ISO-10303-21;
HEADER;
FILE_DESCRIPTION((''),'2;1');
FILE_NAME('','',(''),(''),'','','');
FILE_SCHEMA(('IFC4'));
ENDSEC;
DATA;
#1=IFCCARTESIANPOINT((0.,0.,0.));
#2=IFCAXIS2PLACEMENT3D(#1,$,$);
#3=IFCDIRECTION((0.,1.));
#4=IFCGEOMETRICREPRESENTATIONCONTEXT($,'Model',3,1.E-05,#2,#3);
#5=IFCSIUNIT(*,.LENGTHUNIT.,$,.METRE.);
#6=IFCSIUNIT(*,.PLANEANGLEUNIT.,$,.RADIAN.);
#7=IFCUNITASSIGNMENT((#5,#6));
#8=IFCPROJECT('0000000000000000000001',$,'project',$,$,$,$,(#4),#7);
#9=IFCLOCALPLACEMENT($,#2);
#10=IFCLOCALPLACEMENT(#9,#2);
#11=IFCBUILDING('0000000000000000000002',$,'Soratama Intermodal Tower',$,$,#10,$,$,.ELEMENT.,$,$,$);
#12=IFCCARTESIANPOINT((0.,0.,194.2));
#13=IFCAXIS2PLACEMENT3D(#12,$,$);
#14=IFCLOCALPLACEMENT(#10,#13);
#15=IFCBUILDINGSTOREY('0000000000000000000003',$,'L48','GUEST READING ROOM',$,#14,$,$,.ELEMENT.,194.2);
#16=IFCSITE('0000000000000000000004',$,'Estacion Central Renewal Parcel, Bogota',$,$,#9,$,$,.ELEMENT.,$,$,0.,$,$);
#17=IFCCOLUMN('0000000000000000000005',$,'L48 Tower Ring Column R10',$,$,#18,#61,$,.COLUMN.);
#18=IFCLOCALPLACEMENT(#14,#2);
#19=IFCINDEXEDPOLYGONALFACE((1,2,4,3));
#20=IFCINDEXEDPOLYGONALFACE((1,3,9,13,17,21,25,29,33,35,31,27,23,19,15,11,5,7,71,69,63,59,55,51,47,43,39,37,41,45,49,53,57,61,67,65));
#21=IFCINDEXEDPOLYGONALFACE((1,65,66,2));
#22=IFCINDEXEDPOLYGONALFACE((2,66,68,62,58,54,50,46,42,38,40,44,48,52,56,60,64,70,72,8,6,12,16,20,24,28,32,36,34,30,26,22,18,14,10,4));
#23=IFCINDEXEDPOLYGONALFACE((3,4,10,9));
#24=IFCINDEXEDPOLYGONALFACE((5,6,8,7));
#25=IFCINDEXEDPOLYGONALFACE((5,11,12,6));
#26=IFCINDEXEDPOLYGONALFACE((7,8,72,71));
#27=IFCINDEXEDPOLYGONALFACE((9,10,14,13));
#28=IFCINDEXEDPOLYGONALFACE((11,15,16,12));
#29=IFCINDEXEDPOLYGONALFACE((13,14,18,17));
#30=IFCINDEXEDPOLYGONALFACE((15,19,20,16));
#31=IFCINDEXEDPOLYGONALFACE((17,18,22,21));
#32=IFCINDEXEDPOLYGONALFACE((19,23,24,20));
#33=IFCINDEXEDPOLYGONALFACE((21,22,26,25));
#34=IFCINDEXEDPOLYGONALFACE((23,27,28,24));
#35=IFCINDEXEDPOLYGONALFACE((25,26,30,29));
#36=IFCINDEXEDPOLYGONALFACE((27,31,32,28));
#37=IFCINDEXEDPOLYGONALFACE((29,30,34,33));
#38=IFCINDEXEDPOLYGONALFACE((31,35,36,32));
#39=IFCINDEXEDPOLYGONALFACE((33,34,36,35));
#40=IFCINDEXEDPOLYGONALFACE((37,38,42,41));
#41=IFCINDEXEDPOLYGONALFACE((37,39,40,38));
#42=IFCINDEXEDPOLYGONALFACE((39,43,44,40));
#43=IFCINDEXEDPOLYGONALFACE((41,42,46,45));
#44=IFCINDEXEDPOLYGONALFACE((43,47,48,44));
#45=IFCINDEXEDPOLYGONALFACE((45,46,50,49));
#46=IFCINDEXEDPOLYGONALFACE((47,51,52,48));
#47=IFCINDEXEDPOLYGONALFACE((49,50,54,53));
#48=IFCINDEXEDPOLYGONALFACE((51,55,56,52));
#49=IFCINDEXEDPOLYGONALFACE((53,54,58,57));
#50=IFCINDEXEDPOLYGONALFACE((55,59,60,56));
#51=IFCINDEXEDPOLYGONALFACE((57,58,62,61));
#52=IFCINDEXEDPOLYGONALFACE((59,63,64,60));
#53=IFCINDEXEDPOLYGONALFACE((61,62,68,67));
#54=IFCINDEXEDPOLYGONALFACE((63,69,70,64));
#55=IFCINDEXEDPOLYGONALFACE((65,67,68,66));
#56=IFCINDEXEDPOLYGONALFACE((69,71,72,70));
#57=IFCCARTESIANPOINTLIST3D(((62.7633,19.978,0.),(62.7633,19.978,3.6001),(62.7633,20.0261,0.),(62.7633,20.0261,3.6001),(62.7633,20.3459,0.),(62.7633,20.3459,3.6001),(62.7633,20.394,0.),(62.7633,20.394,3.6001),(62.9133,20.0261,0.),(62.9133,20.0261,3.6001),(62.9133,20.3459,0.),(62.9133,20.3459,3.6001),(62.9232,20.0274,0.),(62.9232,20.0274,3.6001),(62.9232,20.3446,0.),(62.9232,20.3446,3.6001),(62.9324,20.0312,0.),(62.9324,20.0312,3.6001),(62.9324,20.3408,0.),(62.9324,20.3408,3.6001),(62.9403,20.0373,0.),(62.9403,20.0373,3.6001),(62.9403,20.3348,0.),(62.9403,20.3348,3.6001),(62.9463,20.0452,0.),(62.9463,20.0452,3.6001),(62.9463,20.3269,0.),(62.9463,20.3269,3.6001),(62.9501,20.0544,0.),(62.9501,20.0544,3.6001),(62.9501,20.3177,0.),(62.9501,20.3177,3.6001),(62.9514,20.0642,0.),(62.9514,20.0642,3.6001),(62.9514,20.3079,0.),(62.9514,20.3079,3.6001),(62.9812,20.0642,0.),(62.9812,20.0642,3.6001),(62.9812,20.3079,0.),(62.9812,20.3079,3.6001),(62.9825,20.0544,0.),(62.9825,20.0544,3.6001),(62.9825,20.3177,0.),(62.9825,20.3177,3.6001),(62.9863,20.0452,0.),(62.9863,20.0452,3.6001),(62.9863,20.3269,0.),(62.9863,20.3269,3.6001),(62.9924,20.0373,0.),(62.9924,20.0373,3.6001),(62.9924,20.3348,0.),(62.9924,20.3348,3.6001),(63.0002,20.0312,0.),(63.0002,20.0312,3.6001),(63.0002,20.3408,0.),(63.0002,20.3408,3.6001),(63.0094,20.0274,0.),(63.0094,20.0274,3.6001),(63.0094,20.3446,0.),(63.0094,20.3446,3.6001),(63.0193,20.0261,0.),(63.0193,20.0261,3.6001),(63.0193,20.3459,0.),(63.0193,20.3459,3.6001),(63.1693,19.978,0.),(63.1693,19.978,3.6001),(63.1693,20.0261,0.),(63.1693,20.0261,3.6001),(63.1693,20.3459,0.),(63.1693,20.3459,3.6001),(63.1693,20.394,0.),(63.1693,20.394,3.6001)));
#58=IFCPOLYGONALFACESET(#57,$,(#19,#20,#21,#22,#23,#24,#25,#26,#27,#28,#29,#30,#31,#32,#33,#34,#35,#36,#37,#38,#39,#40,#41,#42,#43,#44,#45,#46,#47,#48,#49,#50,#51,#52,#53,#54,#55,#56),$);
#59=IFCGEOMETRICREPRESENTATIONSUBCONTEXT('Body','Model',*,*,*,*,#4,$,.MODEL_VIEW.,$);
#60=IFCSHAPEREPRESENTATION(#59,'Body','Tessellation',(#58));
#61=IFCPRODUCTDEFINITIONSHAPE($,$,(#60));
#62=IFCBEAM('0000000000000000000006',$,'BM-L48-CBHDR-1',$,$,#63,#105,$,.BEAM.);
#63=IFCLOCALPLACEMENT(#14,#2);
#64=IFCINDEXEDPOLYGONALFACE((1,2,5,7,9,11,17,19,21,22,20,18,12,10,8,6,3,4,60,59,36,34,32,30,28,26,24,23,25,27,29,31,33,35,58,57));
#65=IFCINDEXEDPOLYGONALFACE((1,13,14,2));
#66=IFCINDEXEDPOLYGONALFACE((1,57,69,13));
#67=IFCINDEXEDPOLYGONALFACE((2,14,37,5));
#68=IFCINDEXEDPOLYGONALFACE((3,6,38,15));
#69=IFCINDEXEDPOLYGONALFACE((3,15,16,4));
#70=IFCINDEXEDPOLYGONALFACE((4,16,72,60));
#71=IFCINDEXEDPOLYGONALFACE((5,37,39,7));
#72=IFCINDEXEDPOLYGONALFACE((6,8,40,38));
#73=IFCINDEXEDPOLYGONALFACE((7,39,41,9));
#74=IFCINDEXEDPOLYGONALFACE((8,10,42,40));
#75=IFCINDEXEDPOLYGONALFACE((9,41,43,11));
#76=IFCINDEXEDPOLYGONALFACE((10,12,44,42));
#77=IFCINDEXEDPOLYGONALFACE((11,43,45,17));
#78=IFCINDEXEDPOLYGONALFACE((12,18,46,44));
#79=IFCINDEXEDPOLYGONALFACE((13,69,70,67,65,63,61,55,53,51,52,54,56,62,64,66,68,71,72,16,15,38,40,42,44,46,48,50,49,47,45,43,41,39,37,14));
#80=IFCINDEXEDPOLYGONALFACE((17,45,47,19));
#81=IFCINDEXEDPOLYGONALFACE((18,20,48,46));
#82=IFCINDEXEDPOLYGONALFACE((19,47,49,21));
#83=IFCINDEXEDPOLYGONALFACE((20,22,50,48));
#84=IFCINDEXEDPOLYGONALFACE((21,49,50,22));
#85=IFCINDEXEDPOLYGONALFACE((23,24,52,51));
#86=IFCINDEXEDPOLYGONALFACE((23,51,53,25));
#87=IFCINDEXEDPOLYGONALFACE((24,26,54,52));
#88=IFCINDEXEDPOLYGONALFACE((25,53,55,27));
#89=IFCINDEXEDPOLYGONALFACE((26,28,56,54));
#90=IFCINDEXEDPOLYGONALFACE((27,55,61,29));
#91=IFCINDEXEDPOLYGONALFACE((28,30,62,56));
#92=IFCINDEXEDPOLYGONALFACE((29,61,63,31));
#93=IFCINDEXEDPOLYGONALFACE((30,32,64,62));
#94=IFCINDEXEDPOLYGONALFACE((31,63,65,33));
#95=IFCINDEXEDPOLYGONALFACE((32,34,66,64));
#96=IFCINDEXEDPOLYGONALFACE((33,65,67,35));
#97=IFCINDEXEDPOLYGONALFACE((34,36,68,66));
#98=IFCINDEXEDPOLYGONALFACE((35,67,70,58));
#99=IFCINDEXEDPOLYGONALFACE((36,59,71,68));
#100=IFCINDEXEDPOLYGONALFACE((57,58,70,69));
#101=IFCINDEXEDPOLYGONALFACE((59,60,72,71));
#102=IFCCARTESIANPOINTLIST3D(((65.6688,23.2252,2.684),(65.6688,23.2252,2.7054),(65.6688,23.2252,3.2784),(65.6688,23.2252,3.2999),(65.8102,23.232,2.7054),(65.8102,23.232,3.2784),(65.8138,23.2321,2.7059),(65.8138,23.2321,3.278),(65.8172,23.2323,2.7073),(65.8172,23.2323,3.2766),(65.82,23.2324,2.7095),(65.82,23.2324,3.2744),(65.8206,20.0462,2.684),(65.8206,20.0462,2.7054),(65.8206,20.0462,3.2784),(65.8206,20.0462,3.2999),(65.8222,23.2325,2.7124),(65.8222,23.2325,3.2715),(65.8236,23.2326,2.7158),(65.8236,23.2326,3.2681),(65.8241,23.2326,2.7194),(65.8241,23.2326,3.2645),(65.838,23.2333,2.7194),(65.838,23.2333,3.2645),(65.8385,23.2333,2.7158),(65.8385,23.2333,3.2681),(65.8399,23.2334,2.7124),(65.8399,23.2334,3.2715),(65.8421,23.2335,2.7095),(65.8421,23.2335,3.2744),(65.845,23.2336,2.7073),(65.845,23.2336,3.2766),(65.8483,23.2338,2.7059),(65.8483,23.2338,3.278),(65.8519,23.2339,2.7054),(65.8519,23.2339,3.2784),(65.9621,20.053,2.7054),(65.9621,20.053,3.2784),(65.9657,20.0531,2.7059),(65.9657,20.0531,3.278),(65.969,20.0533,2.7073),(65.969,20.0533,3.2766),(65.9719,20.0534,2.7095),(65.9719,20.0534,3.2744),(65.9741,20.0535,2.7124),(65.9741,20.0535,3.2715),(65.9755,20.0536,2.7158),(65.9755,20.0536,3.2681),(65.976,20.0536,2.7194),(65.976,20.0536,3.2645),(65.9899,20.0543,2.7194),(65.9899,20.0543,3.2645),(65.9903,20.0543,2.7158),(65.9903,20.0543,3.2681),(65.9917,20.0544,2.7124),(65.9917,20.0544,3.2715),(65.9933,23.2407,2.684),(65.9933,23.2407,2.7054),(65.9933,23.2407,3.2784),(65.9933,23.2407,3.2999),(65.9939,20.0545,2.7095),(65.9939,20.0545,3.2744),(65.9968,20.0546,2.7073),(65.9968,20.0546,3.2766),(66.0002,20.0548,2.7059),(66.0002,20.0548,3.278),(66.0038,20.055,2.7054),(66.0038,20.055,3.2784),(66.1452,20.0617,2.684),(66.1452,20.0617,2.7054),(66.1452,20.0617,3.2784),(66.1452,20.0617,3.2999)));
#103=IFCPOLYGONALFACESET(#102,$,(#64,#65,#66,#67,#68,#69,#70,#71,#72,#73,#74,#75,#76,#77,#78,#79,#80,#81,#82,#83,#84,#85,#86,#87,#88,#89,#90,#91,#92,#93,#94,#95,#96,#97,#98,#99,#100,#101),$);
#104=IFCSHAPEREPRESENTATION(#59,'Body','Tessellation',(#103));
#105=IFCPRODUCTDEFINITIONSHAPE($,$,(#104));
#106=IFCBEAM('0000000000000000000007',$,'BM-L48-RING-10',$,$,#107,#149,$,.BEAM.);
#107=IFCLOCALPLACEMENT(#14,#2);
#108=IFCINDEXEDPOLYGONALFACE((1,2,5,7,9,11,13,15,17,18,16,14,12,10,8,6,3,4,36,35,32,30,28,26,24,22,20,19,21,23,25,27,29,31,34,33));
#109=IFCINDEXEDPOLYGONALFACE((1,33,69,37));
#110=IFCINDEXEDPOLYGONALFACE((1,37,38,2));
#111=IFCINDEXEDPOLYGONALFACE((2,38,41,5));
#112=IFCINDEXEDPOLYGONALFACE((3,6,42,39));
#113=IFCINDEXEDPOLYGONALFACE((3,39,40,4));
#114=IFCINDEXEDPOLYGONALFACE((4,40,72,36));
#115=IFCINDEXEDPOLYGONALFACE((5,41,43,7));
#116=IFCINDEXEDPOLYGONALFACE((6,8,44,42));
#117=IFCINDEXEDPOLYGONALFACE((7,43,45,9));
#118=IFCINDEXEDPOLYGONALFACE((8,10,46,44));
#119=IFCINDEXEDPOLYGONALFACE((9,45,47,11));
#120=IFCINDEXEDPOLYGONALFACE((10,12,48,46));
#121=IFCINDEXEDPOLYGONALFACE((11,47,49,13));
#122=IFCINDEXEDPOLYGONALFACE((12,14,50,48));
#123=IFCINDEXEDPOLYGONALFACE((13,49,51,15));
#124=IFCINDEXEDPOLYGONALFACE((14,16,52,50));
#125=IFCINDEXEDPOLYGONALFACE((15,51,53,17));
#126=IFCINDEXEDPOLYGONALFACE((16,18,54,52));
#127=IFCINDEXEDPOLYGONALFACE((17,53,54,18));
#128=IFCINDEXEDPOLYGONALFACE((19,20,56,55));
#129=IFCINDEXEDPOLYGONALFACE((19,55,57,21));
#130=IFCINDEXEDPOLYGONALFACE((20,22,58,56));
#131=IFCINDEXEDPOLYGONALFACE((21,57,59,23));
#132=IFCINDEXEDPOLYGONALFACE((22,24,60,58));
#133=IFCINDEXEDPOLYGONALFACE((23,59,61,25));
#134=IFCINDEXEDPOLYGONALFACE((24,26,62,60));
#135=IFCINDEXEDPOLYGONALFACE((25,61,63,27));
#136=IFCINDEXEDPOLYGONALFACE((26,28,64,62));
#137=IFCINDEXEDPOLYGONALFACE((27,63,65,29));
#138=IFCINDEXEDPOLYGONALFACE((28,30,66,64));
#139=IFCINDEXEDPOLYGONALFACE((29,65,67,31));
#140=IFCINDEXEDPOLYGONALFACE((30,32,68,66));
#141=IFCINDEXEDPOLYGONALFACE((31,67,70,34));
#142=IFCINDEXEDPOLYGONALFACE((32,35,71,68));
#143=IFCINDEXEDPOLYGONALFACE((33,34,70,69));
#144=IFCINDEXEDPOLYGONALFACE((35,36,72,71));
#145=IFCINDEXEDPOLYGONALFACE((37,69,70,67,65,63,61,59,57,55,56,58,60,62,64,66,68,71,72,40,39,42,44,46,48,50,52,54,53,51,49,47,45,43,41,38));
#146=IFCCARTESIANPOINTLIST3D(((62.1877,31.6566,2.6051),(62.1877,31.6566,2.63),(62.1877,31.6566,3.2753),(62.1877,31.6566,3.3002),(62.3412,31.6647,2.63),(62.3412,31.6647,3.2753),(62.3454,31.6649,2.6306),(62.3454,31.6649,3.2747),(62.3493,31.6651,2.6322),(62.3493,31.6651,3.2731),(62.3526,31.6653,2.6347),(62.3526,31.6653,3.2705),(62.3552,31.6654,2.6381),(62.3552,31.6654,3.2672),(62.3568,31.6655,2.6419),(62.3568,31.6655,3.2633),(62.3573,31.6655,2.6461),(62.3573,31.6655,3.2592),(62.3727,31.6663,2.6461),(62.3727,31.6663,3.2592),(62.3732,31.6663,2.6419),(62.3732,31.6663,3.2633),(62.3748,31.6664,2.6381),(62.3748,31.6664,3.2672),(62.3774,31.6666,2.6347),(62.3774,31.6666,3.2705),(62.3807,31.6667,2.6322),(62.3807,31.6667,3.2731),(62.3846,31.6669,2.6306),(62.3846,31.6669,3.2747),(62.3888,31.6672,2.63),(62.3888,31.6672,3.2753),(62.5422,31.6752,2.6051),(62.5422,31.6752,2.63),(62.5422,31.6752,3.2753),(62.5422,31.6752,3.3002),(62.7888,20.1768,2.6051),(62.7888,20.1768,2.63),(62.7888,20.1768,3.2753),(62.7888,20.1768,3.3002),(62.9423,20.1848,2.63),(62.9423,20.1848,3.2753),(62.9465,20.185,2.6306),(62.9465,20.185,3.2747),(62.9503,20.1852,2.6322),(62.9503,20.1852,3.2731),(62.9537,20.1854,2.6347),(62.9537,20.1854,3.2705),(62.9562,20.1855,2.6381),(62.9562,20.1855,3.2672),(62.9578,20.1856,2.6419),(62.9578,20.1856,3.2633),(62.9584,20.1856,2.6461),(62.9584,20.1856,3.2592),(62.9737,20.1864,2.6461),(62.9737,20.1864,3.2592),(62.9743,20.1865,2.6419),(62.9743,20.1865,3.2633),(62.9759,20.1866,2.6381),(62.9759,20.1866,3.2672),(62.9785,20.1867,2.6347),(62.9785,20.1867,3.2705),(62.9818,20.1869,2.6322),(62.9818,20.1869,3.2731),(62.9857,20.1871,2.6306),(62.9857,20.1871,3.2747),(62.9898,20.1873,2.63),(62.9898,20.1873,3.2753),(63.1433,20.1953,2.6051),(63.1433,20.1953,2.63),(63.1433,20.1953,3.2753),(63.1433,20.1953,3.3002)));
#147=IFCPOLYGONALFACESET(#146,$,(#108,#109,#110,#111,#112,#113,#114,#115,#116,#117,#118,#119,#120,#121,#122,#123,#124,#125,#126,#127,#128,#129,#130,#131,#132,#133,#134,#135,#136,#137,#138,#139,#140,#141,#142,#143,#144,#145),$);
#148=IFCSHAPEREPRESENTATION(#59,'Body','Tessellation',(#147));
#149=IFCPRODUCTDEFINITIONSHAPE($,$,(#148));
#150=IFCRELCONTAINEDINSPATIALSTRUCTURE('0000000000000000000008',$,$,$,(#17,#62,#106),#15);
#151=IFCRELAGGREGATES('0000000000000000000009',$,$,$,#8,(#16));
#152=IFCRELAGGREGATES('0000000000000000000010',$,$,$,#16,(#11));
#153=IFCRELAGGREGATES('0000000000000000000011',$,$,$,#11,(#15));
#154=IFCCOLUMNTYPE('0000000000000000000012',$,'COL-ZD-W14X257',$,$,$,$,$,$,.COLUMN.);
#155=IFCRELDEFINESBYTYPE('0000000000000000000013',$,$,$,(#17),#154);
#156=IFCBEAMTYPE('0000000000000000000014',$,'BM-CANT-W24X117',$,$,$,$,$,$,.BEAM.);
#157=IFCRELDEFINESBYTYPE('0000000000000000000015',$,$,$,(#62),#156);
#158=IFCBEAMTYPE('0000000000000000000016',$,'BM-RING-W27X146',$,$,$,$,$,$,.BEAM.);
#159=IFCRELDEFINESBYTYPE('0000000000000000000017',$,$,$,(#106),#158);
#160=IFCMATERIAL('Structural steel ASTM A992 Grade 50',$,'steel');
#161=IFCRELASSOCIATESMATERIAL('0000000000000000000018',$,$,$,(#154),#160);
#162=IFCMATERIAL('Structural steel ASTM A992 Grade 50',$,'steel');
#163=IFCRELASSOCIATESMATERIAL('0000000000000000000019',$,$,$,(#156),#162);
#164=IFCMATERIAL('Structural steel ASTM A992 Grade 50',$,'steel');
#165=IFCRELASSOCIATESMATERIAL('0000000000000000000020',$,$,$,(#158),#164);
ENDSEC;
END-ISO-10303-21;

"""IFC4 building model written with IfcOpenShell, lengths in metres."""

from ifc_helpers import new_model, si_unit, direction, frame, origin, origin_2d, place, context, subcontext, project, spatial, i_section, extrude, material, material_profile, profile_set, type_object, element, save


model = new_model("IFC4")

# Units and contexts
model_context = context("Model", 3, precision=1e-05, world=origin(), true_north=direction((0.0, 1.0)))
body_context = subcontext(model_context, "Body", "Model", "MODEL_VIEW")
ifc_project = project(units=[si_unit("LENGTHUNIT", "METRE"), si_unit("PLANEANGLEUNIT", "RADIAN")], contexts=[model_context])

# Site, building, storey
site_placement = place(None, origin())
site = spatial("IfcSite", under=ifc_project, at=site_placement, Name="Estacion Central Renewal Parcel, Bogota", CompositionType="ELEMENT", RefElevation=0.0)
building_placement = place(site_placement, origin())
building = spatial("IfcBuilding", under=site, at=building_placement, Name="Soratama Intermodal Tower", CompositionType="ELEMENT")
storey_placement = place(building_placement, frame((0.0, 0.0, 194.2)))
storey = spatial("IfcBuildingStorey", under=building, at=storey_placement, Name="L48", Description="GUEST READING ROOM", CompositionType="ELEMENT", Elevation=194.2)

# Column
ifc_material_1 = material(Name="Structural steel ASTM A992 Grade 50", Category="steel")
ifc_material_profile_1 = material_profile(ifc_material_1, i_section(OverallWidth=0.406, OverallDepth=0.416, WebThickness=0.0298, FlangeThickness=0.0481, FilletRadius=0.0381, at=origin_2d()), Name="W14X257")
ifc_profile_set_1 = profile_set([ifc_material_profile_1], Name="Structural steel ASTM A992 Grade 50")
column_type = type_object("IfcColumnType", Name="COL-ZD-W14X257", PredefinedType="COLUMN", material=ifc_profile_set_1)
column_placement = place(storey_placement, frame((62.9663, 20.186, 0.0), z_axis=(0.0, 0.0, 1.0), x_axis=(1.0, 0.0, 0.0)))
element("IfcColumn", 1, at=column_placement, inside=storey, type_object=column_type, Name="L48 Tower Ring Column R10", PredefinedType="COLUMN", context=body_context, shape_type="SweptSolid", body=[
    extrude(i_section(OverallWidth=0.406, OverallDepth=0.416, WebThickness=0.0298, FlangeThickness=0.0481, FilletRadius=0.0381, at=origin_2d()), origin(), (0.0, 0.0, 1.0), 3.6001),
])

# Beams
ifc_material_2 = material(Name="Structural steel ASTM A992 Grade 50", Category="steel")
ifc_material_profile_2 = material_profile(ifc_material_2, i_section(OverallWidth=0.325, OverallDepth=0.616, WebThickness=0.0139, FlangeThickness=0.0215, FilletRadius=0.0139, at=origin_2d()), Name="W24X117")
ifc_profile_set_2 = profile_set([ifc_material_profile_2], Name="Structural steel ASTM A992 Grade 50")
beam_type_1 = type_object("IfcBeamType", Name="BM-CANT-W24X117", PredefinedType="BEAM", material=ifc_profile_set_2)
beam_1_placement = place(storey_placement, frame((65.9829, 20.054, 2.9919), z_axis=(-0.047715, 0.998861, 0.0), x_axis=(-0.998861, -0.047715, 0.0)))
element("IfcBeam", 2, at=beam_1_placement, inside=storey, type_object=beam_type_1, Name="BM-L48-CBHDR-1", PredefinedType="BEAM", context=body_context, shape_type="SweptSolid", body=[
    extrude(i_section(OverallWidth=0.325, OverallDepth=0.616, WebThickness=0.0139, FlangeThickness=0.0215, FilletRadius=0.0139, at=origin_2d()), origin(), (0.0, 0.0, 1.0), 3.1826),
])
ifc_material_3 = material(Name="Structural steel ASTM A992 Grade 50", Category="steel")
ifc_material_profile_3 = material_profile(ifc_material_3, i_section(OverallWidth=0.355, OverallDepth=0.6951, WebThickness=0.0154, FlangeThickness=0.0249, FilletRadius=0.0161, at=origin_2d()), Name="W27X146")
ifc_profile_set_3 = profile_set([ifc_material_profile_3], Name="Structural steel ASTM A992 Grade 50")
beam_type_2 = type_object("IfcBeamType", Name="BM-RING-W27X146", PredefinedType="BEAM", material=ifc_profile_set_3)
beam_2_placement = place(storey_placement, frame((62.9661, 20.186, 2.9526), z_axis=(-0.052287, 0.998632, 0.0), x_axis=(-0.998632, -0.052287, 0.0)))
element("IfcBeam", 3, at=beam_2_placement, inside=storey, type_object=beam_type_2, Name="BM-L48-RING-10", PredefinedType="BEAM", context=body_context, shape_type="SweptSolid", body=[
    extrude(i_section(OverallWidth=0.355, OverallDepth=0.6951, WebThickness=0.0154, FlangeThickness=0.0249, FilletRadius=0.0161, at=origin_2d()), origin(), (0.0, 0.0, 1.0), 11.4956),
])

save(model, "model.ifc")
